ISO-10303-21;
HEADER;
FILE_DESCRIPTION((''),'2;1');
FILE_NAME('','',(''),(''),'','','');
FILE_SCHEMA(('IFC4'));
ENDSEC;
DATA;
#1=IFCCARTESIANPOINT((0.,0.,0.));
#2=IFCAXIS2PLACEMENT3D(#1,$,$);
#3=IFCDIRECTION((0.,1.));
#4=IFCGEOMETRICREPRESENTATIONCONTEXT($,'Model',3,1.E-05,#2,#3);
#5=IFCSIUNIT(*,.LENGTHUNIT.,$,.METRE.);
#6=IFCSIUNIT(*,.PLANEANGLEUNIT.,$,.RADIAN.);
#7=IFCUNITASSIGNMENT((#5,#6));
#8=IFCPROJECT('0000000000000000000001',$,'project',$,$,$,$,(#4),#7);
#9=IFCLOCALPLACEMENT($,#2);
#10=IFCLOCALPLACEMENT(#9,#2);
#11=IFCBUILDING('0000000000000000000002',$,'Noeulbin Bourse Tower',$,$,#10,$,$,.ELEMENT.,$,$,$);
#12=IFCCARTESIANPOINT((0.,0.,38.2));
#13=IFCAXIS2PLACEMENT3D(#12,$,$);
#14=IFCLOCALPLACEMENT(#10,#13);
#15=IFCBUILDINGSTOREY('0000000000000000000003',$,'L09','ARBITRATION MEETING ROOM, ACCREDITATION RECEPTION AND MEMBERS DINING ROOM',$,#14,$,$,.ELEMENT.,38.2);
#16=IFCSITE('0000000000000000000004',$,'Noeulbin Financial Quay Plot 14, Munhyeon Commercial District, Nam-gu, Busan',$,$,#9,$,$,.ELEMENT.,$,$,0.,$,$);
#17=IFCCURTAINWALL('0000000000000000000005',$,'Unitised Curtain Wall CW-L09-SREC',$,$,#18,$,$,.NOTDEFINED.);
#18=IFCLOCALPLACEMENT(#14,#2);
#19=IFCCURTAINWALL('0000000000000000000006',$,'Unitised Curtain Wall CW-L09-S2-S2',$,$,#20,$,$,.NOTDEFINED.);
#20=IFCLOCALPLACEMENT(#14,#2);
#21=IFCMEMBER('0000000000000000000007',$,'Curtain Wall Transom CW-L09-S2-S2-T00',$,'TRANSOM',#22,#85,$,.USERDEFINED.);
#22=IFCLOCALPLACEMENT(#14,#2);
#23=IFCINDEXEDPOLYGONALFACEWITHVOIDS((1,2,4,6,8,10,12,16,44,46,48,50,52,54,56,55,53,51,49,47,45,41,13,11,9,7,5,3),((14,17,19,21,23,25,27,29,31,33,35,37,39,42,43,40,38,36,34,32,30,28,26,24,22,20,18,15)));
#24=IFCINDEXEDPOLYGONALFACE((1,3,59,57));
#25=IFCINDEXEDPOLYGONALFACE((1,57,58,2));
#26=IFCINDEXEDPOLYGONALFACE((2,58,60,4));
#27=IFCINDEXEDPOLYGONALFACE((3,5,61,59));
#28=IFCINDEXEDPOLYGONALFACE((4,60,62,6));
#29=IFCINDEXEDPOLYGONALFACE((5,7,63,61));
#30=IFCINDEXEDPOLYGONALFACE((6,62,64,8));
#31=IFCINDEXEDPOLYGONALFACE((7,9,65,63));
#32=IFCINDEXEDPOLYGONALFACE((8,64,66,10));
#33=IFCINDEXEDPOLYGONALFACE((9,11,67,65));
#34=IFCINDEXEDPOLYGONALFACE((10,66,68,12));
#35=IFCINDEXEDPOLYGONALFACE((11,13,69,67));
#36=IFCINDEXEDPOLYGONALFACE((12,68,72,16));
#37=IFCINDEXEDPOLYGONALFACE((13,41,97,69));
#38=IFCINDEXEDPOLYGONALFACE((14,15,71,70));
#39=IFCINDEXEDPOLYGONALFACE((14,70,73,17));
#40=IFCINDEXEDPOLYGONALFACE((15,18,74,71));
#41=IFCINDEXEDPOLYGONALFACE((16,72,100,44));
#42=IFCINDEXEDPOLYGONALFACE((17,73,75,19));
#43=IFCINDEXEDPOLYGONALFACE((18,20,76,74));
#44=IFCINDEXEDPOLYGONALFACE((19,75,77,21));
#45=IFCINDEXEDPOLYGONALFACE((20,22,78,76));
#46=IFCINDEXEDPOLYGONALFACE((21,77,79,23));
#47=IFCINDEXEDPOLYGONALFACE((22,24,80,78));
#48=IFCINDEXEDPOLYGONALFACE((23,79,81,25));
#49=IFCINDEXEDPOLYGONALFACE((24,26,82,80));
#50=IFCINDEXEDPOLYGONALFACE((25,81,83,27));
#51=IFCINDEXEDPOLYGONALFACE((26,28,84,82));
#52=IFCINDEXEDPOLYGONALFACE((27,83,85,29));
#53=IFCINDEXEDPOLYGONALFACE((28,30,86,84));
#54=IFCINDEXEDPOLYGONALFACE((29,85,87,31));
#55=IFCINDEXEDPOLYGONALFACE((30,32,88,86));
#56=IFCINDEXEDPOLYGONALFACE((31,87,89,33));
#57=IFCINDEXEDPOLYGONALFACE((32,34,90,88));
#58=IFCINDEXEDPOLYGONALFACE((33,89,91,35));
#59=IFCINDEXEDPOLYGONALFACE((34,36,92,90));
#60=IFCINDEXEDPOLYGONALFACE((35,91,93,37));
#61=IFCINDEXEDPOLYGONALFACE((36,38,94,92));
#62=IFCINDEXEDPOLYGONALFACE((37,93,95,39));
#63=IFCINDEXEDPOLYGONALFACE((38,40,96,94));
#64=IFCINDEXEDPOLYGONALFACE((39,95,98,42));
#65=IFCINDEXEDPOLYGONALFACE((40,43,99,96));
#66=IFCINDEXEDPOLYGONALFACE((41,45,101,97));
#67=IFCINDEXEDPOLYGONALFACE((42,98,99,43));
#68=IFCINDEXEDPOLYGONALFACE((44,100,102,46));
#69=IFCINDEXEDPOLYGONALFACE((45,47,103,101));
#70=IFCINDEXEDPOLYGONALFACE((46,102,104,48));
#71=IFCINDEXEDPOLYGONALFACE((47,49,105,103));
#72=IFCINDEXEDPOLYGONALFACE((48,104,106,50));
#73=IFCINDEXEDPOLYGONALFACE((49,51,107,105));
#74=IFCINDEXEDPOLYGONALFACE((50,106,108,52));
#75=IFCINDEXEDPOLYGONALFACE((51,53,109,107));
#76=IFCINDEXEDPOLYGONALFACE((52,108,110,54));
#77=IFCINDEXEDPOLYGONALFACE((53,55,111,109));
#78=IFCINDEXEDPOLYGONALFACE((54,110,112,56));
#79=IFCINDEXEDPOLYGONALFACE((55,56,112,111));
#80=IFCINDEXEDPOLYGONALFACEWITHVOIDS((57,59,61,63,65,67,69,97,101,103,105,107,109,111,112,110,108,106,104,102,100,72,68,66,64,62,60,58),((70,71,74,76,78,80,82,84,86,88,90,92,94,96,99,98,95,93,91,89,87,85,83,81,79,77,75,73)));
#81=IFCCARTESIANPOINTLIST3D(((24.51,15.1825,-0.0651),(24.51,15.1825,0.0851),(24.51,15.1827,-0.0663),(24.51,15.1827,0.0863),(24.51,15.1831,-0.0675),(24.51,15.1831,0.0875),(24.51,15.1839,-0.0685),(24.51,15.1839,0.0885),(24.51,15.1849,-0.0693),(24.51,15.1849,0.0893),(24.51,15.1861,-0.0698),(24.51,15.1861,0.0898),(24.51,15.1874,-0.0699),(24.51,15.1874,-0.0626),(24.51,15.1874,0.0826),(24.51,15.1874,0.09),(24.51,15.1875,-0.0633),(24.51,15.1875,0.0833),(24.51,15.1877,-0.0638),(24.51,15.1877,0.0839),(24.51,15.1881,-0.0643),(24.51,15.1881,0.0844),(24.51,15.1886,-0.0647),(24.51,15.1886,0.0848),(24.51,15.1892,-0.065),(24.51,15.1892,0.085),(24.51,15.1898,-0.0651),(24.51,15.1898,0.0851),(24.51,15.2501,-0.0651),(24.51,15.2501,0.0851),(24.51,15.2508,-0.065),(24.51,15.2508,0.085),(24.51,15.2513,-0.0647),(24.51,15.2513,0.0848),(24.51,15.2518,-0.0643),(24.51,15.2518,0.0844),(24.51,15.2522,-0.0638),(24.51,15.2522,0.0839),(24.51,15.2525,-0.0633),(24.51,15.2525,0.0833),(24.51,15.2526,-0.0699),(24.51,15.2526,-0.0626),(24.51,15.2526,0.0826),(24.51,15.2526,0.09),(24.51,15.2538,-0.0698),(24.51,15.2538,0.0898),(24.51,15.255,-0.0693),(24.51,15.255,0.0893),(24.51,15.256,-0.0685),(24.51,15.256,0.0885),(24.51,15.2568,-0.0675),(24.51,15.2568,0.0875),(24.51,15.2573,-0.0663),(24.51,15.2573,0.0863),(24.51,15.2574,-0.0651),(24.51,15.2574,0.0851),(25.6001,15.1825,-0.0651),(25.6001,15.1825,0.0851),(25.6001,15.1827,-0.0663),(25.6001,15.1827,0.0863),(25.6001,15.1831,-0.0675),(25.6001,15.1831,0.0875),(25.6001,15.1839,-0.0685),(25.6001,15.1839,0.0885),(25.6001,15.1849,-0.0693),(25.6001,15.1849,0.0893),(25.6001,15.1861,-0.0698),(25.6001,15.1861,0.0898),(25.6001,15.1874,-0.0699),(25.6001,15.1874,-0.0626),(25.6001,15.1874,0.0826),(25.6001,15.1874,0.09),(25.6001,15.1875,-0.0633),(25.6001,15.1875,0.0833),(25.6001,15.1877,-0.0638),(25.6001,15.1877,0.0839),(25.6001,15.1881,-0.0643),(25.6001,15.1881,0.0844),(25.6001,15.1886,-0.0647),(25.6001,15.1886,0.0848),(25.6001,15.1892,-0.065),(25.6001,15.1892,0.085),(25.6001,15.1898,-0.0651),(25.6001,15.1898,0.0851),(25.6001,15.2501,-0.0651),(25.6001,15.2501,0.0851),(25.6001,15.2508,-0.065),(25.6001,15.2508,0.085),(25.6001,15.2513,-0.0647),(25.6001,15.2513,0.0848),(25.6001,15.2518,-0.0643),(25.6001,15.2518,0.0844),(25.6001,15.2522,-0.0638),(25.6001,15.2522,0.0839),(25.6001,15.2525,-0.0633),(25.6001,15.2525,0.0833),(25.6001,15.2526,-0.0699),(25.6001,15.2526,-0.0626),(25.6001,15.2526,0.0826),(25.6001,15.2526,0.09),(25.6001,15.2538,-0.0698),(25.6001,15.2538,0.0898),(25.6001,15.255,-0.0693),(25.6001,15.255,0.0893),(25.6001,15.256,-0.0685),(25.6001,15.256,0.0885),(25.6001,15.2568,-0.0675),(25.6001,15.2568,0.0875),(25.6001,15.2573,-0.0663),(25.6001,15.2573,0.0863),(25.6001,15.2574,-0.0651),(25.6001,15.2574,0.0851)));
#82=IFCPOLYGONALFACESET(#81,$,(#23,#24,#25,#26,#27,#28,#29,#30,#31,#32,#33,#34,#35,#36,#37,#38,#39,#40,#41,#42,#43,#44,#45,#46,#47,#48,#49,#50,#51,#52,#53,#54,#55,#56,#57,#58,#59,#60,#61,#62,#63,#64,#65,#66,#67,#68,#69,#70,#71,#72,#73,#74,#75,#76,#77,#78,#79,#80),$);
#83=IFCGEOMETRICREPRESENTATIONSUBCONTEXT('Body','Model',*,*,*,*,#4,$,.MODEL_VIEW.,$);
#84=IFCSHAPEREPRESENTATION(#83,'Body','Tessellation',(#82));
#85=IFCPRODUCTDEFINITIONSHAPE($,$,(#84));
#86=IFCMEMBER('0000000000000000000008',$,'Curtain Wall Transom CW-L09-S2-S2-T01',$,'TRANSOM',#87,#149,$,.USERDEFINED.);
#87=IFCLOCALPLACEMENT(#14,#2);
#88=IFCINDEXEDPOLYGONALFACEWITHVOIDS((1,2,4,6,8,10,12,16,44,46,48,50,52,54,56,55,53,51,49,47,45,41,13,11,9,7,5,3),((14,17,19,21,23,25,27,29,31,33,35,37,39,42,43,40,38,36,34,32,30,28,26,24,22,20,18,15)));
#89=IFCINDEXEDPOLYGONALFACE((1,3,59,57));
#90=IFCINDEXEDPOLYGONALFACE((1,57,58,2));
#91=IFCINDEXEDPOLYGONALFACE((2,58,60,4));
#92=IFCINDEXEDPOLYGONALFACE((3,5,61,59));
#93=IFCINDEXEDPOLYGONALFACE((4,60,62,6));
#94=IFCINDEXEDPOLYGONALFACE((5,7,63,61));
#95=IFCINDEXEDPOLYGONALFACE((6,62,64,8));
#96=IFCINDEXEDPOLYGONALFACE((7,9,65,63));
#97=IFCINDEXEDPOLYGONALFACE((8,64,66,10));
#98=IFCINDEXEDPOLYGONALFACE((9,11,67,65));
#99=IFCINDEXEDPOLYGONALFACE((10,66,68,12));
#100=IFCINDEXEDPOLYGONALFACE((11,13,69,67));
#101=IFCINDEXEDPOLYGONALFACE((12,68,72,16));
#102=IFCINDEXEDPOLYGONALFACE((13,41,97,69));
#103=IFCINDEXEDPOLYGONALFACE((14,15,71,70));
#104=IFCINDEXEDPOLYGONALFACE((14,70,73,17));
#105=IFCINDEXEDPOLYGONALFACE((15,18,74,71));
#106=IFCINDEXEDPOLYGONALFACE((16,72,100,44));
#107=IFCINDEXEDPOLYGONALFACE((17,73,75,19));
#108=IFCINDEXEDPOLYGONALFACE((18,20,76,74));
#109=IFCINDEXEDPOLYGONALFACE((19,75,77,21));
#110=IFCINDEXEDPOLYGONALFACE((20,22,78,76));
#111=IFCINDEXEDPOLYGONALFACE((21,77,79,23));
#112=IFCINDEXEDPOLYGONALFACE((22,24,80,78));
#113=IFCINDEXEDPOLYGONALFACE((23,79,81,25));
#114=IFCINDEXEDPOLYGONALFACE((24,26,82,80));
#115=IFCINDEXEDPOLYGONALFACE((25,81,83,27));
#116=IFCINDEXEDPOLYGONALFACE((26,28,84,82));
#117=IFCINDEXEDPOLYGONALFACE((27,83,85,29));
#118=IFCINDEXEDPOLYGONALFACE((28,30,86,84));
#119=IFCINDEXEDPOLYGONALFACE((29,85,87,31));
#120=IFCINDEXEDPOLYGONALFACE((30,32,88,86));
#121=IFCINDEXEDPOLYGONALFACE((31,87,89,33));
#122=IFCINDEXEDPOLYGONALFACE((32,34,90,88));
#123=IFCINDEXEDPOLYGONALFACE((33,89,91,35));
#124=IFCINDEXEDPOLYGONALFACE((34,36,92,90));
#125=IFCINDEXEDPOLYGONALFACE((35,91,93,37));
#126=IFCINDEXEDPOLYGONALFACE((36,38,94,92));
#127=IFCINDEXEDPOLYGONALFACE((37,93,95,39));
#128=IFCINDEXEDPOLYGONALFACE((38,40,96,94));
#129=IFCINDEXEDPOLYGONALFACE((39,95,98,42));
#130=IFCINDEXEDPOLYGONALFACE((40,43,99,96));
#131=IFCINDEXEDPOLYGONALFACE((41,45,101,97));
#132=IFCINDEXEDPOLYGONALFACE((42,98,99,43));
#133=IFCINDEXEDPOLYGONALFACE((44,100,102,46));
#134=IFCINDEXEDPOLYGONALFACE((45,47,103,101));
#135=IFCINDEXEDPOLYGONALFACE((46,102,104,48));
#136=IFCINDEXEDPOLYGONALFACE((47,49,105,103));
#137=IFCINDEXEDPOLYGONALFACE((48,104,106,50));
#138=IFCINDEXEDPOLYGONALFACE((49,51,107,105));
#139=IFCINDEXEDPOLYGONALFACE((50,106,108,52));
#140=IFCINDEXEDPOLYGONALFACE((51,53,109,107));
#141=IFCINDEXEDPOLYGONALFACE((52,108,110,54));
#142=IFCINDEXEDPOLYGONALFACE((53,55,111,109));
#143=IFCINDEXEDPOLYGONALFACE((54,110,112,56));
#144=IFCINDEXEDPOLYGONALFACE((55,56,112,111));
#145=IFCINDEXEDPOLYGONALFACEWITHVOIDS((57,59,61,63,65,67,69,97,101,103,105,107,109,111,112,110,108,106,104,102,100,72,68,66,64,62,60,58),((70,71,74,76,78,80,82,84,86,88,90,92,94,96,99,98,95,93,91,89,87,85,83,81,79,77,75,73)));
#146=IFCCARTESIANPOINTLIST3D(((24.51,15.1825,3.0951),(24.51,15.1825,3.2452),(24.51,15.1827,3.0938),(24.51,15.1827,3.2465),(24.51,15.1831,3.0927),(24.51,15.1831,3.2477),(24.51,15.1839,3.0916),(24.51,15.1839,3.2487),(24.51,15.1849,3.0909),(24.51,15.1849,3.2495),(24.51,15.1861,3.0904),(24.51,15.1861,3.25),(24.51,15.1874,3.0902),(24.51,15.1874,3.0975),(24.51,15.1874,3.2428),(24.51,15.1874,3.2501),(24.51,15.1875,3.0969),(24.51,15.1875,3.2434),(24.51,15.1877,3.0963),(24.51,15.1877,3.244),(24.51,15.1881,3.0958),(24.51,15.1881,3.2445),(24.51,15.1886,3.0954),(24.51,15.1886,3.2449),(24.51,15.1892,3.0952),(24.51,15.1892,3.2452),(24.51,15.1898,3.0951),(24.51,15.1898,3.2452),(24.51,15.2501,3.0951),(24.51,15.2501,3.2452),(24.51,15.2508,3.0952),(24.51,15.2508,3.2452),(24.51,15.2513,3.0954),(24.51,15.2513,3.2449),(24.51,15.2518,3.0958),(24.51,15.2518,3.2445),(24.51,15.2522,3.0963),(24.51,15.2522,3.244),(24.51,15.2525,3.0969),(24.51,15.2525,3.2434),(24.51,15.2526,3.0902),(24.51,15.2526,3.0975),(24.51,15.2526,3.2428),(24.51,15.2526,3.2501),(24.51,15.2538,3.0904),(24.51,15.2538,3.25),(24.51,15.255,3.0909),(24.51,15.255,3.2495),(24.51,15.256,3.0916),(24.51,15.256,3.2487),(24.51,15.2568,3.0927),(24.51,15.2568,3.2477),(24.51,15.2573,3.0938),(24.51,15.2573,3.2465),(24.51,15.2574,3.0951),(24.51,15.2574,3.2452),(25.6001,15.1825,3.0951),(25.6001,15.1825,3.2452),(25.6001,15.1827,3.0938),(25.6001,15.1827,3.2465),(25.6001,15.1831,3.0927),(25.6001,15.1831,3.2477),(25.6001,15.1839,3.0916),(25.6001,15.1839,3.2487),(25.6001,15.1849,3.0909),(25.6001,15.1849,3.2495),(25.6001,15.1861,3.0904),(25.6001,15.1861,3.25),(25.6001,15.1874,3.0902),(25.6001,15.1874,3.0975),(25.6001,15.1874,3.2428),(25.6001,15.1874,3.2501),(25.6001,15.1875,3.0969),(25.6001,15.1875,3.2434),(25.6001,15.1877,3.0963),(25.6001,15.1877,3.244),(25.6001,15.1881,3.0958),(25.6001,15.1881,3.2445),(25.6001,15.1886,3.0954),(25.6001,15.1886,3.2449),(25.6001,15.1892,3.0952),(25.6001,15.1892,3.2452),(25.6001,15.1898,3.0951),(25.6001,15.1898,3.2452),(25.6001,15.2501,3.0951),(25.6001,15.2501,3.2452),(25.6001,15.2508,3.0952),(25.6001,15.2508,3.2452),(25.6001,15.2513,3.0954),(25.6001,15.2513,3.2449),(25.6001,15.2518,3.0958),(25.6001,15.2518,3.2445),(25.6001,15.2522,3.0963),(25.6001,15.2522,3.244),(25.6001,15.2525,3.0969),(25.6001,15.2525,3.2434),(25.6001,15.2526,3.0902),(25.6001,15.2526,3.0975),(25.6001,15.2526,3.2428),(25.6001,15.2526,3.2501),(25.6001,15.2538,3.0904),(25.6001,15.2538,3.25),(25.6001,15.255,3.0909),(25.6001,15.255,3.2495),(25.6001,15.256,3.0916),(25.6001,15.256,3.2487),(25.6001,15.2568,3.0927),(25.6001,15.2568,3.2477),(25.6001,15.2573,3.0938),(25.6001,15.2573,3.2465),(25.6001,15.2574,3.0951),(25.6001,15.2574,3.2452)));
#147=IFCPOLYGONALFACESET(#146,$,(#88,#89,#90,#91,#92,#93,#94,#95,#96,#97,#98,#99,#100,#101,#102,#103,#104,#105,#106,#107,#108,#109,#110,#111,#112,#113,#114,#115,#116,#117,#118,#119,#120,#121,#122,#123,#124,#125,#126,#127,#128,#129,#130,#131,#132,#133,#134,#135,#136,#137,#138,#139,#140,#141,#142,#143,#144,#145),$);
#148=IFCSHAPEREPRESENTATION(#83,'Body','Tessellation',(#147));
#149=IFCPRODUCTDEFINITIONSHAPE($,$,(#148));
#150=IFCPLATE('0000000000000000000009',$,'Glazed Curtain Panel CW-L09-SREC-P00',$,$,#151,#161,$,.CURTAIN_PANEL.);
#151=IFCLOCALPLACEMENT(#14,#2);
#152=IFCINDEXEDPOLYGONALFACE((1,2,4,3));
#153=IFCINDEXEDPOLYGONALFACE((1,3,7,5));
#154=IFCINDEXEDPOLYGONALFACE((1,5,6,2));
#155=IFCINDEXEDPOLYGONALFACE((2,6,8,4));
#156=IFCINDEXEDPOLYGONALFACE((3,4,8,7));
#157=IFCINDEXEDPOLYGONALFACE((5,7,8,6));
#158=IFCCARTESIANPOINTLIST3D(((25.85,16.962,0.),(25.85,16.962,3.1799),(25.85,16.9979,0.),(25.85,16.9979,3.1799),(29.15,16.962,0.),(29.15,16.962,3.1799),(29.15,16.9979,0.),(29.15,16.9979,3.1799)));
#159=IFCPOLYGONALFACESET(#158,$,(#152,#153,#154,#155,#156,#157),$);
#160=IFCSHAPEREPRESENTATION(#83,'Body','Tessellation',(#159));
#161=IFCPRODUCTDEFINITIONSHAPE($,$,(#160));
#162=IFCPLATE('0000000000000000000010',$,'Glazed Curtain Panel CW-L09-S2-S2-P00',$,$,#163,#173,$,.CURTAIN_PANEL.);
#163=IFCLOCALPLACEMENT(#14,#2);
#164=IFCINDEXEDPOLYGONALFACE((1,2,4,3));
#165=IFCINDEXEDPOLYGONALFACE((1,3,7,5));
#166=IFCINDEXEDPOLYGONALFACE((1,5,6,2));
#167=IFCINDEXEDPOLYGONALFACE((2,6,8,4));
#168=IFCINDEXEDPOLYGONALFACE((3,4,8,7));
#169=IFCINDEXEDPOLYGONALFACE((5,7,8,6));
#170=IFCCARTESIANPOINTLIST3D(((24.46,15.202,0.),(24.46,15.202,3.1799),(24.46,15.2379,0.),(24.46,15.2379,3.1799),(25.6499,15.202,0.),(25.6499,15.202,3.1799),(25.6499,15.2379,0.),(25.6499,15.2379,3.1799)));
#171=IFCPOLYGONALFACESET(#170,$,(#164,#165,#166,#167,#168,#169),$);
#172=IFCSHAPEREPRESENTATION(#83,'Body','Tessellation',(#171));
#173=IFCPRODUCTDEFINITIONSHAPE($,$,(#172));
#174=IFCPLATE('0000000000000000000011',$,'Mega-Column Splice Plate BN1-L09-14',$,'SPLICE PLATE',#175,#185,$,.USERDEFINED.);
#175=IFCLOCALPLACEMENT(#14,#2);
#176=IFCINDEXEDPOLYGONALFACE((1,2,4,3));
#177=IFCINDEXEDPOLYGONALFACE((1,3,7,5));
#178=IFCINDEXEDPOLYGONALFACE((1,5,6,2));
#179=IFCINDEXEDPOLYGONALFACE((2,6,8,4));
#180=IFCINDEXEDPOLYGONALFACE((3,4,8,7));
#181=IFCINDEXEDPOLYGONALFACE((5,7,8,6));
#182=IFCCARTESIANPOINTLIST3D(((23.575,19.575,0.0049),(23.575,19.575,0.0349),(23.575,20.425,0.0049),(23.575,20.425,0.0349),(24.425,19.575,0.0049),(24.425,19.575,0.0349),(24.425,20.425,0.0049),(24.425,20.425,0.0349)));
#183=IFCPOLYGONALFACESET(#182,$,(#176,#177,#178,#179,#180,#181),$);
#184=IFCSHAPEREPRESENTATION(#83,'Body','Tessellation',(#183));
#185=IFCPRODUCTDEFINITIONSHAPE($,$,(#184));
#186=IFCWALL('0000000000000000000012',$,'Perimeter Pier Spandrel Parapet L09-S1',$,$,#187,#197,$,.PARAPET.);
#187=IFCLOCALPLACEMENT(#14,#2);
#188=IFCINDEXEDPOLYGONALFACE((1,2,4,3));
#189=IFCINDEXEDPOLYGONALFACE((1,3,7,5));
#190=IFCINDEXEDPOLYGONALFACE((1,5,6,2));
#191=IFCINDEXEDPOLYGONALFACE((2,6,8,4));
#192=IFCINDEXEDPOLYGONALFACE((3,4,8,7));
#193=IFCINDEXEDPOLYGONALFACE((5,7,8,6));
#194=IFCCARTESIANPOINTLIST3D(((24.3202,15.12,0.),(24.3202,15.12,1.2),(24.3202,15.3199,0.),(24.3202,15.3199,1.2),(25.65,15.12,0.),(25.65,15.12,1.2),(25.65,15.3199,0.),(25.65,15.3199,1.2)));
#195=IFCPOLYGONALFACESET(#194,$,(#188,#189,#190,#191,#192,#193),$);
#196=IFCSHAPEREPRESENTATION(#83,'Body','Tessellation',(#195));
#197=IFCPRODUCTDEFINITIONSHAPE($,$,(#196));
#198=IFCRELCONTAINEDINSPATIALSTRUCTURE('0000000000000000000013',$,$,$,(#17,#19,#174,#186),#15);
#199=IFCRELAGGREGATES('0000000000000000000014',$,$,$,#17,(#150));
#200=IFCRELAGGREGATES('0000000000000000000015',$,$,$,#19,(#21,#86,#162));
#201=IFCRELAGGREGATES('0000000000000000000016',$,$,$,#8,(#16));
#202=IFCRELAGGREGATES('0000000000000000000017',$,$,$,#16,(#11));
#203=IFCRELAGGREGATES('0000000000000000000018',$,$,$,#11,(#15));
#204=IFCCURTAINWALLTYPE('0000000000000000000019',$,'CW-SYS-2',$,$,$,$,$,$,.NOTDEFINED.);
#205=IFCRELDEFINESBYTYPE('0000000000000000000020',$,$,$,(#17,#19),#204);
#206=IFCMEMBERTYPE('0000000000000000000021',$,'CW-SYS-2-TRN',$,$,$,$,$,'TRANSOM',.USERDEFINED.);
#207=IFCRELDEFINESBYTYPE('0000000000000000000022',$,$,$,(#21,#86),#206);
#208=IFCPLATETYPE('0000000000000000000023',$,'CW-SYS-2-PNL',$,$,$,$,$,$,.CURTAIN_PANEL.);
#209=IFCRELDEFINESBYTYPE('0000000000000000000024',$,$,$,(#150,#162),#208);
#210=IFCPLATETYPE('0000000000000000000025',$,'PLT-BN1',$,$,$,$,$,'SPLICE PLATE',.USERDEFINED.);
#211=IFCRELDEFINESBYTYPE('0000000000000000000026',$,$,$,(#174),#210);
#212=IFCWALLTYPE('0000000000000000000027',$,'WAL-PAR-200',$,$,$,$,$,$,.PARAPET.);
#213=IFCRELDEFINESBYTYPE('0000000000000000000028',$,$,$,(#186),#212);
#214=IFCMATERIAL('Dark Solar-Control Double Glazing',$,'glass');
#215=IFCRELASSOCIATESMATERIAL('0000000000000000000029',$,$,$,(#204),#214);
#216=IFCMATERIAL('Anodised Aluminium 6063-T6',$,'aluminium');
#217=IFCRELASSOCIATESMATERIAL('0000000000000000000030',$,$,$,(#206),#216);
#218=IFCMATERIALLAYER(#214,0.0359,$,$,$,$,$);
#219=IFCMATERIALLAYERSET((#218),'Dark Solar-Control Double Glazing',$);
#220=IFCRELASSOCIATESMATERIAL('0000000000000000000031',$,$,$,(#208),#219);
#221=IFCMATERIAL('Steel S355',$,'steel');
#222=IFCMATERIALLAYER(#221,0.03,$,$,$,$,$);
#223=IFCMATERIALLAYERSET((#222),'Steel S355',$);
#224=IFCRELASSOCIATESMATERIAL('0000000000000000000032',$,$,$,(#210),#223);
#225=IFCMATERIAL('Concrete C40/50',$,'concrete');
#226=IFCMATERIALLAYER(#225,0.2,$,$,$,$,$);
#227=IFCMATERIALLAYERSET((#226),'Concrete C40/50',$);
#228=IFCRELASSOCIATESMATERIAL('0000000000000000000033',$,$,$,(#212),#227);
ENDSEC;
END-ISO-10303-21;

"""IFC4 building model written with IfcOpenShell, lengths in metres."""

from ifc_helpers import new_model, si_unit, direction, frame, frame_2d, origin, origin_2d, place, context, subcontext, project, spatial, rectangle, hollow_rectangle, extrude, material, layer, layer_set, material_profile, profile_set, type_object, element, aggregate, save


model = new_model("IFC4")

# Units and contexts
model_context = context("Model", 3, precision=1e-05, world=origin(), true_north=direction((0.0, 1.0)))
body_context = subcontext(model_context, "Body", "Model", "MODEL_VIEW")
ifc_project = project(units=[si_unit("LENGTHUNIT", "METRE"), si_unit("PLANEANGLEUNIT", "RADIAN")], contexts=[model_context])

# Site, building, storey
site_placement = place(None, origin())
site = spatial("IfcSite", under=ifc_project, at=site_placement, Name="Noeulbin Financial Quay Plot 14, Munhyeon Commercial District, Nam-gu, Busan", CompositionType="ELEMENT", RefElevation=0.0)
building_placement = place(site_placement, origin())
building = spatial("IfcBuilding", under=site, at=building_placement, Name="Noeulbin Bourse Tower", CompositionType="ELEMENT")
storey_placement = place(building_placement, frame((0.0, 0.0, 38.2)))
storey = spatial("IfcBuildingStorey", under=building, at=storey_placement, Name="L09", Description="ARBITRATION MEETING ROOM, ACCREDITATION RECEPTION AND MEMBERS DINING ROOM", CompositionType="ELEMENT", Elevation=38.2)

# Shared definitions
ifc_material_1 = material(Name="Steel S355", Category="steel")

# Curtain wall
ifc_material_2 = material(Name="Dark Solar-Control Double Glazing", Category="glass")
curtain_wall_type = type_object("IfcCurtainWallType", Name="CW-SYS-2", PredefinedType="NOTDEFINED", material=ifc_material_2)
curtain_wall_1_placement = place(storey_placement, origin())
curtain_wall_1 = element("IfcCurtainWall", 1, at=curtain_wall_1_placement, inside=storey, type_object=curtain_wall_type, Name="Unitised Curtain Wall CW-L09-SREC", PredefinedType="NOTDEFINED")
ifc_material_3 = material(Name="Anodised Aluminium 6063-T6", Category="aluminium")

# Curtain wall
curtain_wall_2_placement = place(storey_placement, origin())
curtain_wall_2 = element("IfcCurtainWall", 2, at=curtain_wall_2_placement, inside=storey, type_object=curtain_wall_type, Name="Unitised Curtain Wall CW-L09-S2-S2", PredefinedType="NOTDEFINED")

# Members
ifc_material_profile_1 = material_profile(ifc_material_3, hollow_rectangle(XDim=0.075, YDim=0.1599, WallThickness=0.0049, InnerFilletRadius=0.0024, OuterFilletRadius=0.0049, at=origin_2d()), Name="ALU-TRAN-75x160x5", Category="LoadBearing")
ifc_profile_set_1 = profile_set([ifc_material_profile_1], Name="Anodised Aluminium 6063-T6")
member_type_1 = type_object("IfcMemberType", Name="CW-SYS-2-TRN", ElementType="TRANSOM", PredefinedType="USERDEFINED", material=ifc_profile_set_1)
member_1_placement = place(storey_placement, frame((24.51, 15.22, 0.01), z_axis=(1.0, 0.0, 0.0), x_axis=(0.0, 1.0, 0.0)))
member_1 = element("IfcMember", 3, at=member_1_placement, type_object=member_type_1, Name="Curtain Wall Transom CW-L09-S2-S2-T00", ObjectType="TRANSOM", PredefinedType="USERDEFINED", context=body_context, shape_type="SweptSolid", body=[
    extrude(hollow_rectangle(XDim=0.075, YDim=0.1599, WallThickness=0.0049, InnerFilletRadius=0.0024, OuterFilletRadius=0.0049, at=origin_2d()), origin(), (0.0, 0.0, 1.0), 1.0901),
])
member_2_placement = place(storey_placement, frame((24.51, 15.22, 3.1702), z_axis=(1.0, 0.0, 0.0), x_axis=(0.0, 1.0, 0.0)))
member_2 = element("IfcMember", 4, at=member_2_placement, type_object=member_type_1, Name="Curtain Wall Transom CW-L09-S2-S2-T01", ObjectType="TRANSOM", PredefinedType="USERDEFINED", context=body_context, shape_type="SweptSolid", body=[
    extrude(hollow_rectangle(XDim=0.075, YDim=0.1599, WallThickness=0.0049, InnerFilletRadius=0.0024, OuterFilletRadius=0.0049, at=origin_2d()), origin(), (0.0, 0.0, 1.0), 1.0901),
])

# Plates
ifc_layer_1 = layer(ifc_material_2, 0.0359)
ifc_layer_set_1 = layer_set([ifc_layer_1], Name="Dark Solar-Control Double Glazing")
plate_type_1 = type_object("IfcPlateType", Name="CW-SYS-2-PNL", PredefinedType="CURTAIN_PANEL", material=ifc_layer_set_1)
plate_1_placement = place(storey_placement, frame((27.5, 16.98, 0.0), z_axis=(0.0, 0.0, 1.0), x_axis=(1.0, 0.0, 0.0)))
plate_1 = element("IfcPlate", 5, at=plate_1_placement, type_object=plate_type_1, Name="Glazed Curtain Panel CW-L09-SREC-P00", PredefinedType="CURTAIN_PANEL", context=body_context, shape_type="SweptSolid", body=[
    extrude(rectangle(XDim=3.3, YDim=0.0359, at=origin_2d()), origin(), (0.0, 0.0, 1.0), 3.1799),
])
aggregate(curtain_wall_1, [plate_1])
plate_2_placement = place(storey_placement, frame((25.0549, 15.22, 0.0), z_axis=(0.0, 0.0, 1.0), x_axis=(1.0, 0.0, 0.0)))
plate_2 = element("IfcPlate", 6, at=plate_2_placement, type_object=plate_type_1, Name="Glazed Curtain Panel CW-L09-S2-S2-P00", PredefinedType="CURTAIN_PANEL", context=body_context, shape_type="SweptSolid", body=[
    extrude(rectangle(XDim=1.1899, YDim=0.0359, at=origin_2d()), origin(), (0.0, 0.0, 1.0), 3.1799),
])
aggregate(curtain_wall_2, [member_1, member_2, plate_2])
ifc_layer_2 = layer(ifc_material_1, 0.03)
ifc_layer_set_2 = layer_set([ifc_layer_2], Name="Steel S355")
plate_type_2 = type_object("IfcPlateType", Name="PLT-BN1", ElementType="SPLICE PLATE", PredefinedType="USERDEFINED", material=ifc_layer_set_2)
plate_3_placement = place(storey_placement, frame((24.0, 20.0, 0.0049), z_axis=(0.0, 0.0, 1.0), x_axis=(1.0, 0.0, 0.0)))
element("IfcPlate", 7, at=plate_3_placement, inside=storey, type_object=plate_type_2, Name="Mega-Column Splice Plate BN1-L09-14", ObjectType="SPLICE PLATE", PredefinedType="USERDEFINED", context=body_context, shape_type="SweptSolid", body=[
    extrude(rectangle(XDim=0.8501, YDim=0.8501, at=origin_2d()), origin(), (0.0, 0.0, 1.0), 0.03),
])

# Wall
ifc_material_4 = material(Name="Concrete C40/50", Category="concrete")
ifc_layer_3 = layer(ifc_material_4, 0.2)
ifc_layer_set_3 = layer_set([ifc_layer_3], Name="Concrete C40/50")
wall_type_1 = type_object("IfcWallType", Name="WAL-PAR-200", PredefinedType="PARAPET", material=ifc_layer_set_3)
wall_1_placement = place(storey_placement, frame((24.3201, 15.22, 0.0), z_axis=(0.0, 0.0, 1.0), x_axis=(1.0, 0.0, 0.0)))
element("IfcWall", 8, at=wall_1_placement, inside=storey, type_object=wall_type_1, Name="Perimeter Pier Spandrel Parapet L09-S1", PredefinedType="PARAPET", context=body_context, shape_type="SweptSolid", body=[
    extrude(rectangle(XDim=1.3298, YDim=0.2, at=frame_2d((0.665, 0.0))), origin(), (0.0, 0.0, 1.0), 1.2),
])

save(model, "model.ifc")
